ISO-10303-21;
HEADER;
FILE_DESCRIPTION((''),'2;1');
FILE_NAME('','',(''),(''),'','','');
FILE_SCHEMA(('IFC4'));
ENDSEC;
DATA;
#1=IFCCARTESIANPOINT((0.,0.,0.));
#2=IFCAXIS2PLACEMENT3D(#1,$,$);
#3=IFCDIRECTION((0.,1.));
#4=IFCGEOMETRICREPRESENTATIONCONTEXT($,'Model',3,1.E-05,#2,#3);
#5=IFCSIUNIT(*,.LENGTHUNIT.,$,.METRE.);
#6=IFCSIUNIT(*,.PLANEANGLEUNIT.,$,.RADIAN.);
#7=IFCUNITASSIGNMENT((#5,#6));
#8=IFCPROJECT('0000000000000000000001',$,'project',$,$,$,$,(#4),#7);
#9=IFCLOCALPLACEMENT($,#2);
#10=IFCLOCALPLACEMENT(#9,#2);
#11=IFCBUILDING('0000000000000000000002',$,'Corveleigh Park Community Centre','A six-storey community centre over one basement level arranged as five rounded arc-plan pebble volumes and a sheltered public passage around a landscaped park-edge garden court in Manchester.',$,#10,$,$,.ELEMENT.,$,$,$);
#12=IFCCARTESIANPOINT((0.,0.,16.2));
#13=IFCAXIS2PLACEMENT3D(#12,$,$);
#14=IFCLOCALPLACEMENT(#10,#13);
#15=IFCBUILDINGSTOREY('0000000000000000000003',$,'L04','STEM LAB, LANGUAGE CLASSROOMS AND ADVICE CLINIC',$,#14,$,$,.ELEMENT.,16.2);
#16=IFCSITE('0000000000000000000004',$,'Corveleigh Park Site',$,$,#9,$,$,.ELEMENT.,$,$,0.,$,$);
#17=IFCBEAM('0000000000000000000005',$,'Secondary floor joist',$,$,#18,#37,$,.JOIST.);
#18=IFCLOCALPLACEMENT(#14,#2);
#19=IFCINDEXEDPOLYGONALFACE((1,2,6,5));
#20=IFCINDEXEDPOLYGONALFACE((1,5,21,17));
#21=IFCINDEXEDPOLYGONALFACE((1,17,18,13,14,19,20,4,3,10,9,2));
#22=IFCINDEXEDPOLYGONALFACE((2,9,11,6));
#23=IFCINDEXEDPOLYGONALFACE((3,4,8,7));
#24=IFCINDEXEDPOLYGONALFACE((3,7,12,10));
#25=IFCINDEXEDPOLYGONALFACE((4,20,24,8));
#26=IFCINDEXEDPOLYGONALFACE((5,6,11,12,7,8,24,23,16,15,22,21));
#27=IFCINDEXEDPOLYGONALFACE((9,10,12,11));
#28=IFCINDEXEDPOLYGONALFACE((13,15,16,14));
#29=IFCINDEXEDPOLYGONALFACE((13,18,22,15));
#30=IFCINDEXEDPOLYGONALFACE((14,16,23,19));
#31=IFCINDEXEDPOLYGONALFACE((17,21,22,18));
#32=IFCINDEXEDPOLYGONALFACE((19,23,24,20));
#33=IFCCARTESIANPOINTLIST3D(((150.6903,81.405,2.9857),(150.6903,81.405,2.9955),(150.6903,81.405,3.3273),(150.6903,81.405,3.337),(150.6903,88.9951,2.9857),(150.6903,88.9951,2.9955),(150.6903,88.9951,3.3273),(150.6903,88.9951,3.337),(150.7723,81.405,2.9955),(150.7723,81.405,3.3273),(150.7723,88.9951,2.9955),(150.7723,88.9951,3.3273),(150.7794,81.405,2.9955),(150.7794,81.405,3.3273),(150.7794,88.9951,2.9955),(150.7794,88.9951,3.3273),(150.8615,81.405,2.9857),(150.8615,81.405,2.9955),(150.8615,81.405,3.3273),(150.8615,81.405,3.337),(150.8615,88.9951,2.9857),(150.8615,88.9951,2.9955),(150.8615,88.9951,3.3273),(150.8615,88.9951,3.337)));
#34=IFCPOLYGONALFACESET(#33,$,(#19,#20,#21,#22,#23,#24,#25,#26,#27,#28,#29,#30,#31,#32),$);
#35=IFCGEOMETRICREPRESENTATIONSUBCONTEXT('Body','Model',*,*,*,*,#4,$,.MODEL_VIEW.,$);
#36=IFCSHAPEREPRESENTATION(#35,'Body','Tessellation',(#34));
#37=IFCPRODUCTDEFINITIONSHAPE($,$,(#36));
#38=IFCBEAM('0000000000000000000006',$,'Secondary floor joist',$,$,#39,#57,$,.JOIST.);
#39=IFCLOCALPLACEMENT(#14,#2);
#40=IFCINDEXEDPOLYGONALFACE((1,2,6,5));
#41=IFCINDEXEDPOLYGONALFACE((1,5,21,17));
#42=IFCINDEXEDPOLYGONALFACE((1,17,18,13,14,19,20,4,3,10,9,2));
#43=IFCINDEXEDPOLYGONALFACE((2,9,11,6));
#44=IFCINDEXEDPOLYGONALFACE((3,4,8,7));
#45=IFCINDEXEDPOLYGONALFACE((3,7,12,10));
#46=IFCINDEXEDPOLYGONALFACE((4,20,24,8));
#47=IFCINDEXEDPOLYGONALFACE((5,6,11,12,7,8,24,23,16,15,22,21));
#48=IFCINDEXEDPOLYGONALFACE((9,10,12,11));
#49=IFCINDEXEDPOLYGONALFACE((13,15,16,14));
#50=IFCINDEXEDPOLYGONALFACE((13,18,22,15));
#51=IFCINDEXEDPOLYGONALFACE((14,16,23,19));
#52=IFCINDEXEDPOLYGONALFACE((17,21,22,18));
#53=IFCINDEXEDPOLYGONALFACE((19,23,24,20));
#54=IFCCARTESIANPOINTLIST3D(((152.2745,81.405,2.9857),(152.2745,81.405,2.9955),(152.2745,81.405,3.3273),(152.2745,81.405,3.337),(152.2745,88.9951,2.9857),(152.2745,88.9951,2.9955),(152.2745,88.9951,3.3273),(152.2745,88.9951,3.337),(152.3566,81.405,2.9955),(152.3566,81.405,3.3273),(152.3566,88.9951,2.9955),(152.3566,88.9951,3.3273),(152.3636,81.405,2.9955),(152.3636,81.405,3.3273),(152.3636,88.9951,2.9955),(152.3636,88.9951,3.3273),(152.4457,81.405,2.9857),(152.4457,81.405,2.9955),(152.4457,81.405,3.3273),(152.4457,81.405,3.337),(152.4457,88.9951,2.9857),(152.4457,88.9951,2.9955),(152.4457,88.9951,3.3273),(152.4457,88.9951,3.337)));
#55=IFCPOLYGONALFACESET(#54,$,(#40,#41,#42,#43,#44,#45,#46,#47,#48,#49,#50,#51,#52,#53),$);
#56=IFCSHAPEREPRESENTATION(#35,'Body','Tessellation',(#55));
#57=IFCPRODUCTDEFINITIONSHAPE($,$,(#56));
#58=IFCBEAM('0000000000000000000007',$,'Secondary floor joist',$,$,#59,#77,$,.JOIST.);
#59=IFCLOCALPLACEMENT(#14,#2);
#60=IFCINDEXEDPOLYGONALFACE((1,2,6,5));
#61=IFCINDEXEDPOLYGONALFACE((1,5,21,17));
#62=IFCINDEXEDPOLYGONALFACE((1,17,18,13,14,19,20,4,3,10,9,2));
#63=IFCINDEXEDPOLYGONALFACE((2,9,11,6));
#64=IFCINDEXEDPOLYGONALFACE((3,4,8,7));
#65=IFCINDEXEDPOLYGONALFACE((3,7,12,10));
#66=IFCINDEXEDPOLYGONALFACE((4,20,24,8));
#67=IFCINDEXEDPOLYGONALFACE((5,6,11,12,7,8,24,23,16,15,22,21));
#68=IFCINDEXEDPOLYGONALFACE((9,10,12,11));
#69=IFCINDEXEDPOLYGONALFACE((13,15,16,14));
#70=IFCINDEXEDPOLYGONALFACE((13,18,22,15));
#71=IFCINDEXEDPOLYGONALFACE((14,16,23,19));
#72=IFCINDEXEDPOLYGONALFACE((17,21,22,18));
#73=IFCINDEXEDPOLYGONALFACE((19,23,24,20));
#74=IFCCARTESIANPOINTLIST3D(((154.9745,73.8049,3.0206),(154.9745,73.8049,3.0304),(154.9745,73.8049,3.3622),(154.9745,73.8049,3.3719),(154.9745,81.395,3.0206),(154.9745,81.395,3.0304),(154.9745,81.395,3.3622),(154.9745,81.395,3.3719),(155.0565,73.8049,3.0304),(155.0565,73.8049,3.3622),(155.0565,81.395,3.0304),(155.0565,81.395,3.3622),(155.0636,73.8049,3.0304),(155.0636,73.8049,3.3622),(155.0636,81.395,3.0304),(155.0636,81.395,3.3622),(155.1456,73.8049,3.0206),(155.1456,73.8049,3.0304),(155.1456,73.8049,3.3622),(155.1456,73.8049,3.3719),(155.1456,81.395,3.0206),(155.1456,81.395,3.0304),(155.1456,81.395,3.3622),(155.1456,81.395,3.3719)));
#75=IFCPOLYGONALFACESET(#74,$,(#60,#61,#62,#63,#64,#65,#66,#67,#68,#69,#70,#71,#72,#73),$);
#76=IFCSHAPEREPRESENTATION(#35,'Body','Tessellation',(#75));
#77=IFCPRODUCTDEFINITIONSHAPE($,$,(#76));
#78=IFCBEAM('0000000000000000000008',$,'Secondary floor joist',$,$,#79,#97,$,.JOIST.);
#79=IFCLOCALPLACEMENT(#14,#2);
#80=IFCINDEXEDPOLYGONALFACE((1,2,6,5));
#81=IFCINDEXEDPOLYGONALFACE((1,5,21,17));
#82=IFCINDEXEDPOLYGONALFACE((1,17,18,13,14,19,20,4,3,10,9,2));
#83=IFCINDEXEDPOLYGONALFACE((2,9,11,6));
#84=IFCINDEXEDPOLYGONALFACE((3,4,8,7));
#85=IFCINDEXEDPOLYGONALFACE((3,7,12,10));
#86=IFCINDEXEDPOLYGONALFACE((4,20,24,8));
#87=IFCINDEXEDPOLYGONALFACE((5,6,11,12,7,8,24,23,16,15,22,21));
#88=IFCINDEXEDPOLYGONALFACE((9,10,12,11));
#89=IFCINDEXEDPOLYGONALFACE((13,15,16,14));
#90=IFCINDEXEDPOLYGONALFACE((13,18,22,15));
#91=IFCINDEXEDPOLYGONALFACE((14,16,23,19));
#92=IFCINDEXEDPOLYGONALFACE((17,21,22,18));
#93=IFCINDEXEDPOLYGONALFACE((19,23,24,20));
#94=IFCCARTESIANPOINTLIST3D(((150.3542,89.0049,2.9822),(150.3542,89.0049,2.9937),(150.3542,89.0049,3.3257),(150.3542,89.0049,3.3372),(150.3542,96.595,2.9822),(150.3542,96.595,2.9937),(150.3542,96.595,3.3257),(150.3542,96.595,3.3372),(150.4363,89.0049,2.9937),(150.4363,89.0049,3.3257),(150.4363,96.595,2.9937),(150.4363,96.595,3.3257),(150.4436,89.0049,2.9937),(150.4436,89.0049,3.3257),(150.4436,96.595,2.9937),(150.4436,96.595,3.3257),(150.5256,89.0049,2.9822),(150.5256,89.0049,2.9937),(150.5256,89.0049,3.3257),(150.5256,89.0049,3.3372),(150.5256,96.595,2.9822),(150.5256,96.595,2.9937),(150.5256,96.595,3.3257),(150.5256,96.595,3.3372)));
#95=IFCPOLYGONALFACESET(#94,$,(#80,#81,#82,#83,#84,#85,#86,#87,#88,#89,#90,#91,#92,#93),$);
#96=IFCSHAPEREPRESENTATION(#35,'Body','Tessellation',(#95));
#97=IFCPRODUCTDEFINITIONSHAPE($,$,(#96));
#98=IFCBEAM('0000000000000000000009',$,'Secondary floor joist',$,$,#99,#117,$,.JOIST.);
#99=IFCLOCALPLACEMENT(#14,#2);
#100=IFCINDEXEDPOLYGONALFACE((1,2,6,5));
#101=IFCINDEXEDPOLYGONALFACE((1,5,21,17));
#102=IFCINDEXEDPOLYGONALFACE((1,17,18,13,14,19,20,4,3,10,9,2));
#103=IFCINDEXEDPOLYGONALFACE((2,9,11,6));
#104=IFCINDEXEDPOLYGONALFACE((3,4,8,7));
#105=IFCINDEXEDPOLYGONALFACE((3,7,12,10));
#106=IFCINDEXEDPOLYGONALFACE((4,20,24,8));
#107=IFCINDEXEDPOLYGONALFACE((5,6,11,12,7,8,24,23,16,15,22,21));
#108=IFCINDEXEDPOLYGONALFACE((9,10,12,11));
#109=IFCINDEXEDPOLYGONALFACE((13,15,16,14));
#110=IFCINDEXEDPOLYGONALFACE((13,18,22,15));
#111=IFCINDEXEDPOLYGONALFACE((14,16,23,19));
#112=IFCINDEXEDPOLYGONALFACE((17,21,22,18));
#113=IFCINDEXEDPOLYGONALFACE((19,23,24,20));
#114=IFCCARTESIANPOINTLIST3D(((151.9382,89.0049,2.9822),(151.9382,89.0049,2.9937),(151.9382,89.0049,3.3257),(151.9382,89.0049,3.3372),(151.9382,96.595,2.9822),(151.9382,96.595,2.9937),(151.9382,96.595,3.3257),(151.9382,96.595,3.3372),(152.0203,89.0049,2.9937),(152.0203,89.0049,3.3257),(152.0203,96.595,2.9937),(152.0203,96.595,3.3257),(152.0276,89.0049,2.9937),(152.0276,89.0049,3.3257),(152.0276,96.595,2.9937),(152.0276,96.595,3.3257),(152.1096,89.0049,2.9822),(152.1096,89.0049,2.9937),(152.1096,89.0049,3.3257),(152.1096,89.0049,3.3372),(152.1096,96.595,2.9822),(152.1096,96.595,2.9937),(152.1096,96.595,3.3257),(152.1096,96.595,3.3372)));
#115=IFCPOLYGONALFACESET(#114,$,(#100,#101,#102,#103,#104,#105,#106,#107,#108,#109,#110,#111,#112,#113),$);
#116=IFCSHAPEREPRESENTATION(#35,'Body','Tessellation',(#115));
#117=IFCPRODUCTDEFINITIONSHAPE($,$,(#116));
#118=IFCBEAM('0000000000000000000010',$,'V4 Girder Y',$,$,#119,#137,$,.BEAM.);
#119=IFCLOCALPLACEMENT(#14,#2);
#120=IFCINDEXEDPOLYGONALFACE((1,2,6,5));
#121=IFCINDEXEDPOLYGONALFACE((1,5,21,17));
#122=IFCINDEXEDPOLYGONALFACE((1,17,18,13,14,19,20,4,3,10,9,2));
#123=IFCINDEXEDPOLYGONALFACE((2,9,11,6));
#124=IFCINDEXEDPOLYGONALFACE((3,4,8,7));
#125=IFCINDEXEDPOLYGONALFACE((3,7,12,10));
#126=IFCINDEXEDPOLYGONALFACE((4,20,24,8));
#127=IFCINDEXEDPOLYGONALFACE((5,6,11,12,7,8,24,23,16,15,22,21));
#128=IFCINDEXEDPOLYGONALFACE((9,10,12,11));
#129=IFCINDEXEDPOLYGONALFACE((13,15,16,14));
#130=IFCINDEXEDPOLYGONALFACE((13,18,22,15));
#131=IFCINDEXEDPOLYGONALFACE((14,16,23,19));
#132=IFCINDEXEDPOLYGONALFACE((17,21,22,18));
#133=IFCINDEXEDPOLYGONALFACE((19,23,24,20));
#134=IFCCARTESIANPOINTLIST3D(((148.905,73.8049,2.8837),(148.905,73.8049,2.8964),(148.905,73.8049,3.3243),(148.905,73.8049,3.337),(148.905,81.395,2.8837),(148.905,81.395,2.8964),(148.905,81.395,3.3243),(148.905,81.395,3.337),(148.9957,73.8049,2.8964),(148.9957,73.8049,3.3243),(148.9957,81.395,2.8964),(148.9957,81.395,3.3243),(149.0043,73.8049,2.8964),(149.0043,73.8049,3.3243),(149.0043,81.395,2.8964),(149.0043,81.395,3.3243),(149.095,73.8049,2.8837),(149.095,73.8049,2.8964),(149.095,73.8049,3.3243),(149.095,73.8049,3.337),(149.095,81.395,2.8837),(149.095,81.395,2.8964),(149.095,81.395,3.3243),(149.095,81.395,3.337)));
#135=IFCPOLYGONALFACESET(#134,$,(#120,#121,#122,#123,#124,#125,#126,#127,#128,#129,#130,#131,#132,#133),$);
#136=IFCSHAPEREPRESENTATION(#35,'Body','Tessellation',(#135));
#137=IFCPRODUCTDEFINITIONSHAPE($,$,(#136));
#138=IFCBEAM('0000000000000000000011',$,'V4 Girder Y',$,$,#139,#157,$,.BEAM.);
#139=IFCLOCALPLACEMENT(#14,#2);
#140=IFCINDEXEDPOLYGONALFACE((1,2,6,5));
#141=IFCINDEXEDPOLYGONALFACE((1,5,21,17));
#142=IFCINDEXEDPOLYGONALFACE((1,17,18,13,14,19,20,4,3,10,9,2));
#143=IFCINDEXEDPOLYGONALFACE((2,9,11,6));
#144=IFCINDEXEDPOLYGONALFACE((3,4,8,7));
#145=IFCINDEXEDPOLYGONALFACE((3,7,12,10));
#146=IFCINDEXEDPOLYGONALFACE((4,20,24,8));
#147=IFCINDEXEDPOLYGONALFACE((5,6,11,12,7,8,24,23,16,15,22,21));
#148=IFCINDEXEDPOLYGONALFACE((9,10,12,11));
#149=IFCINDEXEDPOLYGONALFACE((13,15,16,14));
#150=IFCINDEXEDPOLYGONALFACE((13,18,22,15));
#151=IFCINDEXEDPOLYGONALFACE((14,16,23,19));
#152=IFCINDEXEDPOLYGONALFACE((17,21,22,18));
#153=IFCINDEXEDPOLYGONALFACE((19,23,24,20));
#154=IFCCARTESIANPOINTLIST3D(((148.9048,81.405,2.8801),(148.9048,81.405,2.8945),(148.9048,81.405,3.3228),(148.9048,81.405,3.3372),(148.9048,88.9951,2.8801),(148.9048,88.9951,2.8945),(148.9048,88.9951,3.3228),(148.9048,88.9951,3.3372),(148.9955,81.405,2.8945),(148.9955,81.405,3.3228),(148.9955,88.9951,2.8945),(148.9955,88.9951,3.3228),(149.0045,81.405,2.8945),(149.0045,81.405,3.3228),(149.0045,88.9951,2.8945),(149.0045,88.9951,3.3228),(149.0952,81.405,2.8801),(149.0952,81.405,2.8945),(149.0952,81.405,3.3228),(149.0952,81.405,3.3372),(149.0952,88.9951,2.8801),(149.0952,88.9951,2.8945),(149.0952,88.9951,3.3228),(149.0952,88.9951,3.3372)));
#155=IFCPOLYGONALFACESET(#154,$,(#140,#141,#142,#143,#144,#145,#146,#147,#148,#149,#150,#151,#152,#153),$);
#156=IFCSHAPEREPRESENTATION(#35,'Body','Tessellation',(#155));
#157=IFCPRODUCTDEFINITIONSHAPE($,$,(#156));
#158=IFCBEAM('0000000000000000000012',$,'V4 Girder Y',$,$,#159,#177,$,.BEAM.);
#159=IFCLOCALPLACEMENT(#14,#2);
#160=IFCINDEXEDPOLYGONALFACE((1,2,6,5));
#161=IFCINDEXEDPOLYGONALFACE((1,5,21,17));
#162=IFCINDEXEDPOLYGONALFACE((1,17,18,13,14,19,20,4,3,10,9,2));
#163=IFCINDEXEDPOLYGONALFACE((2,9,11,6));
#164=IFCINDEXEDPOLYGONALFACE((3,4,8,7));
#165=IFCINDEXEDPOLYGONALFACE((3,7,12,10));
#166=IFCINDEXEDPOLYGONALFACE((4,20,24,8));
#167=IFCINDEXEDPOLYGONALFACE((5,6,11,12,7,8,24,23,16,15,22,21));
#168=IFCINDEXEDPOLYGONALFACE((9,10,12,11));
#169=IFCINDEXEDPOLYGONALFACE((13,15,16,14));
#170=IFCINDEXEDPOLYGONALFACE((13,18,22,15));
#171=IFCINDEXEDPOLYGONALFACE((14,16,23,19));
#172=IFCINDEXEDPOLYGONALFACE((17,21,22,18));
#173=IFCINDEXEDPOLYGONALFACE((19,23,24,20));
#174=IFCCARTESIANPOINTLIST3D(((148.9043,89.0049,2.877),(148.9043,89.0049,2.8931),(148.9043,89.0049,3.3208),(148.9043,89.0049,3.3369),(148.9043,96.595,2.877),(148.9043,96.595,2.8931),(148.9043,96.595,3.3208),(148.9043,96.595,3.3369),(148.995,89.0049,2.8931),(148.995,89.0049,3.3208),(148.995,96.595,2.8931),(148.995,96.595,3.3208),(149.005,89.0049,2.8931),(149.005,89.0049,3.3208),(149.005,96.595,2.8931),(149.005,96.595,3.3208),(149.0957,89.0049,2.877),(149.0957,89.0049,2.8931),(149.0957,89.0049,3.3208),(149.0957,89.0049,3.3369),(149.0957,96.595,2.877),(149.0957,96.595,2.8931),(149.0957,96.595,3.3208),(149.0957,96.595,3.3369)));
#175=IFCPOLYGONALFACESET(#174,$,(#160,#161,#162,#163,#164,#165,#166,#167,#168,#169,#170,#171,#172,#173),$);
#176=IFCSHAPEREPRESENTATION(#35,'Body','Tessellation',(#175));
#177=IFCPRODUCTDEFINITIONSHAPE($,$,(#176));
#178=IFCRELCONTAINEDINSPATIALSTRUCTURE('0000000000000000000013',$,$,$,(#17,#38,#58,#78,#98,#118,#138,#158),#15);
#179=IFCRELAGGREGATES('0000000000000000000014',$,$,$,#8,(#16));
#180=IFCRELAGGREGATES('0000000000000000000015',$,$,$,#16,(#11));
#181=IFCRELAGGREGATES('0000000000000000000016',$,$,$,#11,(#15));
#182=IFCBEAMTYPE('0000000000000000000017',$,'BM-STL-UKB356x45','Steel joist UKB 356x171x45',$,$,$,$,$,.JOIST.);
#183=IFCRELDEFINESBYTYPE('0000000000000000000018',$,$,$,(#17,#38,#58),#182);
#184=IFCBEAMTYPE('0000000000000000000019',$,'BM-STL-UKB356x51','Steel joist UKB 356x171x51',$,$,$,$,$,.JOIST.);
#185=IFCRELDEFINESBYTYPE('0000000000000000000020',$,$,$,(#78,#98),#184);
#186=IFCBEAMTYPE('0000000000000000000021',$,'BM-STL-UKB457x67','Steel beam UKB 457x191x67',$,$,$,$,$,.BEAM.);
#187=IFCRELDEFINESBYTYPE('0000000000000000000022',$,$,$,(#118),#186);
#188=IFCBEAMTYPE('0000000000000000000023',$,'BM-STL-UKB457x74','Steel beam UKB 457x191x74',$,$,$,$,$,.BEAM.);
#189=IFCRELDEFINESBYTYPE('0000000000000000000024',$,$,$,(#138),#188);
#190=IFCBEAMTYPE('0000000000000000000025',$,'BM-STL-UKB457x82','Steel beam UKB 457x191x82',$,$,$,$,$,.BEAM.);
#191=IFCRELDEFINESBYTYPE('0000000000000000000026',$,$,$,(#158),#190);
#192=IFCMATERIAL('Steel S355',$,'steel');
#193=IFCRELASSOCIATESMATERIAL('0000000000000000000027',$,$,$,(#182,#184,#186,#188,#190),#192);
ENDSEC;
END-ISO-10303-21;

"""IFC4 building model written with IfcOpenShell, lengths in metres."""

from ifc_helpers import new_model, si_unit, direction, frame, origin, origin_2d, place, context, subcontext, project, spatial, i_section, extrude, material, material_profile, profile_set, type_object, element, save


model = new_model("IFC4")

# Units and contexts
model_context = context("Model", 3, precision=1e-05, world=origin(), true_north=direction((0.0, 1.0)))
body_context = subcontext(model_context, "Body", "Model", "MODEL_VIEW")
ifc_project = project(units=[si_unit("LENGTHUNIT", "METRE"), si_unit("PLANEANGLEUNIT", "RADIAN")], contexts=[model_context])

# Site, building, storey
site_placement = place(None, origin())
site = spatial("IfcSite", under=ifc_project, at=site_placement, Name="Corveleigh Park Site", CompositionType="ELEMENT", RefElevation=0.0)
building_placement = place(site_placement, origin())
building = spatial("IfcBuilding", under=site, at=building_placement, Name="Corveleigh Park Community Centre", Description="A six-storey community centre over one basement level arranged as five rounded arc-plan pebble volumes and a sheltered public passage around a landscaped park-edge garden court in Manchester.", CompositionType="ELEMENT")
storey_placement = place(building_placement, frame((0.0, 0.0, 16.2)))
storey = spatial("IfcBuildingStorey", under=building, at=storey_placement, Name="L04", Description="STEM LAB, LANGUAGE CLASSROOMS AND ADVICE CLINIC", CompositionType="ELEMENT", Elevation=16.2)

# Shared definitions
ifc_material_1 = material(Name="Steel S355", Category="steel")

# Beams
ifc_material_profile_1 = material_profile(ifc_material_1, i_section(OverallWidth=0.1711, OverallDepth=0.3513, WebThickness=0.0071, FlangeThickness=0.0098, at=origin_2d()), Name="UKB 356x171x45", Category="steel")
ifc_profile_set_1 = profile_set([ifc_material_profile_1], Name="Steel S355")
beam_type_1 = type_object("IfcBeamType", Name="BM-STL-UKB356x45", Description="Steel joist UKB 356x171x45", PredefinedType="JOIST", material=ifc_profile_set_1)
for number, where, z_axis, x_axis, name in (
    (1, (150.7759, 81.405, 3.1614), (0.0, 1.0, 0.0), (-1.0, 0.0, 0.0), "Secondary floor joist"),
    (2, (152.3601, 81.405, 3.1614), (0.0, 1.0, 0.0), (-1.0, 0.0, 0.0), "Secondary floor joist"),
    (3, (155.0601, 73.8049, 3.1963), (0.0, 1.0, 0.0), (-1.0, 0.0, 0.0), "Secondary floor joist"),
):
    element("IfcBeam", number, at=place(storey_placement, frame(where, z_axis=z_axis, x_axis=x_axis)), inside=storey, type_object=beam_type_1, Name=name, PredefinedType="JOIST", context=body_context, shape_type="SweptSolid", body=[
        extrude(i_section(OverallWidth=0.1711, OverallDepth=0.3513, WebThickness=0.0071, FlangeThickness=0.0098, at=origin_2d()), origin(), (0.0, 0.0, 1.0), 7.5901),
    ])
ifc_material_profile_2 = material_profile(ifc_material_1, i_section(OverallWidth=0.1714, OverallDepth=0.355, WebThickness=0.0073, FlangeThickness=0.0115, at=origin_2d()), Name="UKB 356x171x51", Category="steel")
ifc_profile_set_2 = profile_set([ifc_material_profile_2], Name="Steel S355")
beam_type_2 = type_object("IfcBeamType", Name="BM-STL-UKB356x51", Description="Steel joist UKB 356x171x51", PredefinedType="JOIST", material=ifc_profile_set_2)
for number, where, z_axis, x_axis, name in (
    (4, (150.4399, 89.0049, 3.1597), (0.0, 1.0, 0.0), (-1.0, 0.0, 0.0), "Secondary floor joist"),
    (5, (152.0239, 89.0049, 3.1597), (0.0, 1.0, 0.0), (-1.0, 0.0, 0.0), "Secondary floor joist"),
):
    element("IfcBeam", number, at=place(storey_placement, frame(where, z_axis=z_axis, x_axis=x_axis)), inside=storey, type_object=beam_type_2, Name=name, PredefinedType="JOIST", context=body_context, shape_type="SweptSolid", body=[
        extrude(i_section(OverallWidth=0.1714, OverallDepth=0.355, WebThickness=0.0073, FlangeThickness=0.0115, at=origin_2d()), origin(), (0.0, 0.0, 1.0), 7.5901),
    ])
ifc_material_profile_3 = material_profile(ifc_material_1, i_section(OverallWidth=0.1899, OverallDepth=0.4534, WebThickness=0.0085, FlangeThickness=0.0127, at=origin_2d()), Name="UKB 457x191x67", Category="steel")
ifc_profile_set_3 = profile_set([ifc_material_profile_3], Name="Steel S355")
beam_type_3 = type_object("IfcBeamType", Name="BM-STL-UKB457x67", Description="Steel beam UKB 457x191x67", PredefinedType="BEAM", material=ifc_profile_set_3)
beam_1_placement = place(storey_placement, frame((149.0, 73.8049, 3.1104), z_axis=(0.0, 1.0, 0.0), x_axis=(-1.0, 0.0, 0.0)))
element("IfcBeam", 6, at=beam_1_placement, inside=storey, type_object=beam_type_3, Name="V4 Girder Y", PredefinedType="BEAM", context=body_context, shape_type="SweptSolid", body=[
    extrude(i_section(OverallWidth=0.1899, OverallDepth=0.4534, WebThickness=0.0085, FlangeThickness=0.0127, at=origin_2d()), origin(), (0.0, 0.0, 1.0), 7.5901),
])
ifc_material_profile_4 = material_profile(ifc_material_1, i_section(OverallWidth=0.1904, OverallDepth=0.457, WebThickness=0.009, FlangeThickness=0.0144, at=origin_2d()), Name="UKB 457x191x74", Category="steel")
ifc_profile_set_4 = profile_set([ifc_material_profile_4], Name="Steel S355")
beam_type_4 = type_object("IfcBeamType", Name="BM-STL-UKB457x74", Description="Steel beam UKB 457x191x74", PredefinedType="BEAM", material=ifc_profile_set_4)
beam_2_placement = place(storey_placement, frame((149.0, 81.405, 3.1086), z_axis=(0.0, 1.0, 0.0), x_axis=(-1.0, 0.0, 0.0)))
element("IfcBeam", 7, at=beam_2_placement, inside=storey, type_object=beam_type_4, Name="V4 Girder Y", PredefinedType="BEAM", context=body_context, shape_type="SweptSolid", body=[
    extrude(i_section(OverallWidth=0.1904, OverallDepth=0.457, WebThickness=0.009, FlangeThickness=0.0144, at=origin_2d()), origin(), (0.0, 0.0, 1.0), 7.5901),
])
ifc_material_profile_5 = material_profile(ifc_material_1, i_section(OverallWidth=0.1914, OverallDepth=0.46, WebThickness=0.01, FlangeThickness=0.0161, at=origin_2d()), Name="UKB 457x191x82", Category="steel")
ifc_profile_set_5 = profile_set([ifc_material_profile_5], Name="Steel S355")
beam_type_5 = type_object("IfcBeamType", Name="BM-STL-UKB457x82", Description="Steel beam UKB 457x191x82", PredefinedType="BEAM", material=ifc_profile_set_5)
beam_3_placement = place(storey_placement, frame((149.0, 89.0049, 3.1069), z_axis=(0.0, 1.0, 0.0), x_axis=(-1.0, 0.0, 0.0)))
element("IfcBeam", 8, at=beam_3_placement, inside=storey, type_object=beam_type_5, Name="V4 Girder Y", PredefinedType="BEAM", context=body_context, shape_type="SweptSolid", body=[
    extrude(i_section(OverallWidth=0.1914, OverallDepth=0.46, WebThickness=0.01, FlangeThickness=0.0161, at=origin_2d()), origin(), (0.0, 0.0, 1.0), 7.5901),
])

save(model, "model.ifc")
